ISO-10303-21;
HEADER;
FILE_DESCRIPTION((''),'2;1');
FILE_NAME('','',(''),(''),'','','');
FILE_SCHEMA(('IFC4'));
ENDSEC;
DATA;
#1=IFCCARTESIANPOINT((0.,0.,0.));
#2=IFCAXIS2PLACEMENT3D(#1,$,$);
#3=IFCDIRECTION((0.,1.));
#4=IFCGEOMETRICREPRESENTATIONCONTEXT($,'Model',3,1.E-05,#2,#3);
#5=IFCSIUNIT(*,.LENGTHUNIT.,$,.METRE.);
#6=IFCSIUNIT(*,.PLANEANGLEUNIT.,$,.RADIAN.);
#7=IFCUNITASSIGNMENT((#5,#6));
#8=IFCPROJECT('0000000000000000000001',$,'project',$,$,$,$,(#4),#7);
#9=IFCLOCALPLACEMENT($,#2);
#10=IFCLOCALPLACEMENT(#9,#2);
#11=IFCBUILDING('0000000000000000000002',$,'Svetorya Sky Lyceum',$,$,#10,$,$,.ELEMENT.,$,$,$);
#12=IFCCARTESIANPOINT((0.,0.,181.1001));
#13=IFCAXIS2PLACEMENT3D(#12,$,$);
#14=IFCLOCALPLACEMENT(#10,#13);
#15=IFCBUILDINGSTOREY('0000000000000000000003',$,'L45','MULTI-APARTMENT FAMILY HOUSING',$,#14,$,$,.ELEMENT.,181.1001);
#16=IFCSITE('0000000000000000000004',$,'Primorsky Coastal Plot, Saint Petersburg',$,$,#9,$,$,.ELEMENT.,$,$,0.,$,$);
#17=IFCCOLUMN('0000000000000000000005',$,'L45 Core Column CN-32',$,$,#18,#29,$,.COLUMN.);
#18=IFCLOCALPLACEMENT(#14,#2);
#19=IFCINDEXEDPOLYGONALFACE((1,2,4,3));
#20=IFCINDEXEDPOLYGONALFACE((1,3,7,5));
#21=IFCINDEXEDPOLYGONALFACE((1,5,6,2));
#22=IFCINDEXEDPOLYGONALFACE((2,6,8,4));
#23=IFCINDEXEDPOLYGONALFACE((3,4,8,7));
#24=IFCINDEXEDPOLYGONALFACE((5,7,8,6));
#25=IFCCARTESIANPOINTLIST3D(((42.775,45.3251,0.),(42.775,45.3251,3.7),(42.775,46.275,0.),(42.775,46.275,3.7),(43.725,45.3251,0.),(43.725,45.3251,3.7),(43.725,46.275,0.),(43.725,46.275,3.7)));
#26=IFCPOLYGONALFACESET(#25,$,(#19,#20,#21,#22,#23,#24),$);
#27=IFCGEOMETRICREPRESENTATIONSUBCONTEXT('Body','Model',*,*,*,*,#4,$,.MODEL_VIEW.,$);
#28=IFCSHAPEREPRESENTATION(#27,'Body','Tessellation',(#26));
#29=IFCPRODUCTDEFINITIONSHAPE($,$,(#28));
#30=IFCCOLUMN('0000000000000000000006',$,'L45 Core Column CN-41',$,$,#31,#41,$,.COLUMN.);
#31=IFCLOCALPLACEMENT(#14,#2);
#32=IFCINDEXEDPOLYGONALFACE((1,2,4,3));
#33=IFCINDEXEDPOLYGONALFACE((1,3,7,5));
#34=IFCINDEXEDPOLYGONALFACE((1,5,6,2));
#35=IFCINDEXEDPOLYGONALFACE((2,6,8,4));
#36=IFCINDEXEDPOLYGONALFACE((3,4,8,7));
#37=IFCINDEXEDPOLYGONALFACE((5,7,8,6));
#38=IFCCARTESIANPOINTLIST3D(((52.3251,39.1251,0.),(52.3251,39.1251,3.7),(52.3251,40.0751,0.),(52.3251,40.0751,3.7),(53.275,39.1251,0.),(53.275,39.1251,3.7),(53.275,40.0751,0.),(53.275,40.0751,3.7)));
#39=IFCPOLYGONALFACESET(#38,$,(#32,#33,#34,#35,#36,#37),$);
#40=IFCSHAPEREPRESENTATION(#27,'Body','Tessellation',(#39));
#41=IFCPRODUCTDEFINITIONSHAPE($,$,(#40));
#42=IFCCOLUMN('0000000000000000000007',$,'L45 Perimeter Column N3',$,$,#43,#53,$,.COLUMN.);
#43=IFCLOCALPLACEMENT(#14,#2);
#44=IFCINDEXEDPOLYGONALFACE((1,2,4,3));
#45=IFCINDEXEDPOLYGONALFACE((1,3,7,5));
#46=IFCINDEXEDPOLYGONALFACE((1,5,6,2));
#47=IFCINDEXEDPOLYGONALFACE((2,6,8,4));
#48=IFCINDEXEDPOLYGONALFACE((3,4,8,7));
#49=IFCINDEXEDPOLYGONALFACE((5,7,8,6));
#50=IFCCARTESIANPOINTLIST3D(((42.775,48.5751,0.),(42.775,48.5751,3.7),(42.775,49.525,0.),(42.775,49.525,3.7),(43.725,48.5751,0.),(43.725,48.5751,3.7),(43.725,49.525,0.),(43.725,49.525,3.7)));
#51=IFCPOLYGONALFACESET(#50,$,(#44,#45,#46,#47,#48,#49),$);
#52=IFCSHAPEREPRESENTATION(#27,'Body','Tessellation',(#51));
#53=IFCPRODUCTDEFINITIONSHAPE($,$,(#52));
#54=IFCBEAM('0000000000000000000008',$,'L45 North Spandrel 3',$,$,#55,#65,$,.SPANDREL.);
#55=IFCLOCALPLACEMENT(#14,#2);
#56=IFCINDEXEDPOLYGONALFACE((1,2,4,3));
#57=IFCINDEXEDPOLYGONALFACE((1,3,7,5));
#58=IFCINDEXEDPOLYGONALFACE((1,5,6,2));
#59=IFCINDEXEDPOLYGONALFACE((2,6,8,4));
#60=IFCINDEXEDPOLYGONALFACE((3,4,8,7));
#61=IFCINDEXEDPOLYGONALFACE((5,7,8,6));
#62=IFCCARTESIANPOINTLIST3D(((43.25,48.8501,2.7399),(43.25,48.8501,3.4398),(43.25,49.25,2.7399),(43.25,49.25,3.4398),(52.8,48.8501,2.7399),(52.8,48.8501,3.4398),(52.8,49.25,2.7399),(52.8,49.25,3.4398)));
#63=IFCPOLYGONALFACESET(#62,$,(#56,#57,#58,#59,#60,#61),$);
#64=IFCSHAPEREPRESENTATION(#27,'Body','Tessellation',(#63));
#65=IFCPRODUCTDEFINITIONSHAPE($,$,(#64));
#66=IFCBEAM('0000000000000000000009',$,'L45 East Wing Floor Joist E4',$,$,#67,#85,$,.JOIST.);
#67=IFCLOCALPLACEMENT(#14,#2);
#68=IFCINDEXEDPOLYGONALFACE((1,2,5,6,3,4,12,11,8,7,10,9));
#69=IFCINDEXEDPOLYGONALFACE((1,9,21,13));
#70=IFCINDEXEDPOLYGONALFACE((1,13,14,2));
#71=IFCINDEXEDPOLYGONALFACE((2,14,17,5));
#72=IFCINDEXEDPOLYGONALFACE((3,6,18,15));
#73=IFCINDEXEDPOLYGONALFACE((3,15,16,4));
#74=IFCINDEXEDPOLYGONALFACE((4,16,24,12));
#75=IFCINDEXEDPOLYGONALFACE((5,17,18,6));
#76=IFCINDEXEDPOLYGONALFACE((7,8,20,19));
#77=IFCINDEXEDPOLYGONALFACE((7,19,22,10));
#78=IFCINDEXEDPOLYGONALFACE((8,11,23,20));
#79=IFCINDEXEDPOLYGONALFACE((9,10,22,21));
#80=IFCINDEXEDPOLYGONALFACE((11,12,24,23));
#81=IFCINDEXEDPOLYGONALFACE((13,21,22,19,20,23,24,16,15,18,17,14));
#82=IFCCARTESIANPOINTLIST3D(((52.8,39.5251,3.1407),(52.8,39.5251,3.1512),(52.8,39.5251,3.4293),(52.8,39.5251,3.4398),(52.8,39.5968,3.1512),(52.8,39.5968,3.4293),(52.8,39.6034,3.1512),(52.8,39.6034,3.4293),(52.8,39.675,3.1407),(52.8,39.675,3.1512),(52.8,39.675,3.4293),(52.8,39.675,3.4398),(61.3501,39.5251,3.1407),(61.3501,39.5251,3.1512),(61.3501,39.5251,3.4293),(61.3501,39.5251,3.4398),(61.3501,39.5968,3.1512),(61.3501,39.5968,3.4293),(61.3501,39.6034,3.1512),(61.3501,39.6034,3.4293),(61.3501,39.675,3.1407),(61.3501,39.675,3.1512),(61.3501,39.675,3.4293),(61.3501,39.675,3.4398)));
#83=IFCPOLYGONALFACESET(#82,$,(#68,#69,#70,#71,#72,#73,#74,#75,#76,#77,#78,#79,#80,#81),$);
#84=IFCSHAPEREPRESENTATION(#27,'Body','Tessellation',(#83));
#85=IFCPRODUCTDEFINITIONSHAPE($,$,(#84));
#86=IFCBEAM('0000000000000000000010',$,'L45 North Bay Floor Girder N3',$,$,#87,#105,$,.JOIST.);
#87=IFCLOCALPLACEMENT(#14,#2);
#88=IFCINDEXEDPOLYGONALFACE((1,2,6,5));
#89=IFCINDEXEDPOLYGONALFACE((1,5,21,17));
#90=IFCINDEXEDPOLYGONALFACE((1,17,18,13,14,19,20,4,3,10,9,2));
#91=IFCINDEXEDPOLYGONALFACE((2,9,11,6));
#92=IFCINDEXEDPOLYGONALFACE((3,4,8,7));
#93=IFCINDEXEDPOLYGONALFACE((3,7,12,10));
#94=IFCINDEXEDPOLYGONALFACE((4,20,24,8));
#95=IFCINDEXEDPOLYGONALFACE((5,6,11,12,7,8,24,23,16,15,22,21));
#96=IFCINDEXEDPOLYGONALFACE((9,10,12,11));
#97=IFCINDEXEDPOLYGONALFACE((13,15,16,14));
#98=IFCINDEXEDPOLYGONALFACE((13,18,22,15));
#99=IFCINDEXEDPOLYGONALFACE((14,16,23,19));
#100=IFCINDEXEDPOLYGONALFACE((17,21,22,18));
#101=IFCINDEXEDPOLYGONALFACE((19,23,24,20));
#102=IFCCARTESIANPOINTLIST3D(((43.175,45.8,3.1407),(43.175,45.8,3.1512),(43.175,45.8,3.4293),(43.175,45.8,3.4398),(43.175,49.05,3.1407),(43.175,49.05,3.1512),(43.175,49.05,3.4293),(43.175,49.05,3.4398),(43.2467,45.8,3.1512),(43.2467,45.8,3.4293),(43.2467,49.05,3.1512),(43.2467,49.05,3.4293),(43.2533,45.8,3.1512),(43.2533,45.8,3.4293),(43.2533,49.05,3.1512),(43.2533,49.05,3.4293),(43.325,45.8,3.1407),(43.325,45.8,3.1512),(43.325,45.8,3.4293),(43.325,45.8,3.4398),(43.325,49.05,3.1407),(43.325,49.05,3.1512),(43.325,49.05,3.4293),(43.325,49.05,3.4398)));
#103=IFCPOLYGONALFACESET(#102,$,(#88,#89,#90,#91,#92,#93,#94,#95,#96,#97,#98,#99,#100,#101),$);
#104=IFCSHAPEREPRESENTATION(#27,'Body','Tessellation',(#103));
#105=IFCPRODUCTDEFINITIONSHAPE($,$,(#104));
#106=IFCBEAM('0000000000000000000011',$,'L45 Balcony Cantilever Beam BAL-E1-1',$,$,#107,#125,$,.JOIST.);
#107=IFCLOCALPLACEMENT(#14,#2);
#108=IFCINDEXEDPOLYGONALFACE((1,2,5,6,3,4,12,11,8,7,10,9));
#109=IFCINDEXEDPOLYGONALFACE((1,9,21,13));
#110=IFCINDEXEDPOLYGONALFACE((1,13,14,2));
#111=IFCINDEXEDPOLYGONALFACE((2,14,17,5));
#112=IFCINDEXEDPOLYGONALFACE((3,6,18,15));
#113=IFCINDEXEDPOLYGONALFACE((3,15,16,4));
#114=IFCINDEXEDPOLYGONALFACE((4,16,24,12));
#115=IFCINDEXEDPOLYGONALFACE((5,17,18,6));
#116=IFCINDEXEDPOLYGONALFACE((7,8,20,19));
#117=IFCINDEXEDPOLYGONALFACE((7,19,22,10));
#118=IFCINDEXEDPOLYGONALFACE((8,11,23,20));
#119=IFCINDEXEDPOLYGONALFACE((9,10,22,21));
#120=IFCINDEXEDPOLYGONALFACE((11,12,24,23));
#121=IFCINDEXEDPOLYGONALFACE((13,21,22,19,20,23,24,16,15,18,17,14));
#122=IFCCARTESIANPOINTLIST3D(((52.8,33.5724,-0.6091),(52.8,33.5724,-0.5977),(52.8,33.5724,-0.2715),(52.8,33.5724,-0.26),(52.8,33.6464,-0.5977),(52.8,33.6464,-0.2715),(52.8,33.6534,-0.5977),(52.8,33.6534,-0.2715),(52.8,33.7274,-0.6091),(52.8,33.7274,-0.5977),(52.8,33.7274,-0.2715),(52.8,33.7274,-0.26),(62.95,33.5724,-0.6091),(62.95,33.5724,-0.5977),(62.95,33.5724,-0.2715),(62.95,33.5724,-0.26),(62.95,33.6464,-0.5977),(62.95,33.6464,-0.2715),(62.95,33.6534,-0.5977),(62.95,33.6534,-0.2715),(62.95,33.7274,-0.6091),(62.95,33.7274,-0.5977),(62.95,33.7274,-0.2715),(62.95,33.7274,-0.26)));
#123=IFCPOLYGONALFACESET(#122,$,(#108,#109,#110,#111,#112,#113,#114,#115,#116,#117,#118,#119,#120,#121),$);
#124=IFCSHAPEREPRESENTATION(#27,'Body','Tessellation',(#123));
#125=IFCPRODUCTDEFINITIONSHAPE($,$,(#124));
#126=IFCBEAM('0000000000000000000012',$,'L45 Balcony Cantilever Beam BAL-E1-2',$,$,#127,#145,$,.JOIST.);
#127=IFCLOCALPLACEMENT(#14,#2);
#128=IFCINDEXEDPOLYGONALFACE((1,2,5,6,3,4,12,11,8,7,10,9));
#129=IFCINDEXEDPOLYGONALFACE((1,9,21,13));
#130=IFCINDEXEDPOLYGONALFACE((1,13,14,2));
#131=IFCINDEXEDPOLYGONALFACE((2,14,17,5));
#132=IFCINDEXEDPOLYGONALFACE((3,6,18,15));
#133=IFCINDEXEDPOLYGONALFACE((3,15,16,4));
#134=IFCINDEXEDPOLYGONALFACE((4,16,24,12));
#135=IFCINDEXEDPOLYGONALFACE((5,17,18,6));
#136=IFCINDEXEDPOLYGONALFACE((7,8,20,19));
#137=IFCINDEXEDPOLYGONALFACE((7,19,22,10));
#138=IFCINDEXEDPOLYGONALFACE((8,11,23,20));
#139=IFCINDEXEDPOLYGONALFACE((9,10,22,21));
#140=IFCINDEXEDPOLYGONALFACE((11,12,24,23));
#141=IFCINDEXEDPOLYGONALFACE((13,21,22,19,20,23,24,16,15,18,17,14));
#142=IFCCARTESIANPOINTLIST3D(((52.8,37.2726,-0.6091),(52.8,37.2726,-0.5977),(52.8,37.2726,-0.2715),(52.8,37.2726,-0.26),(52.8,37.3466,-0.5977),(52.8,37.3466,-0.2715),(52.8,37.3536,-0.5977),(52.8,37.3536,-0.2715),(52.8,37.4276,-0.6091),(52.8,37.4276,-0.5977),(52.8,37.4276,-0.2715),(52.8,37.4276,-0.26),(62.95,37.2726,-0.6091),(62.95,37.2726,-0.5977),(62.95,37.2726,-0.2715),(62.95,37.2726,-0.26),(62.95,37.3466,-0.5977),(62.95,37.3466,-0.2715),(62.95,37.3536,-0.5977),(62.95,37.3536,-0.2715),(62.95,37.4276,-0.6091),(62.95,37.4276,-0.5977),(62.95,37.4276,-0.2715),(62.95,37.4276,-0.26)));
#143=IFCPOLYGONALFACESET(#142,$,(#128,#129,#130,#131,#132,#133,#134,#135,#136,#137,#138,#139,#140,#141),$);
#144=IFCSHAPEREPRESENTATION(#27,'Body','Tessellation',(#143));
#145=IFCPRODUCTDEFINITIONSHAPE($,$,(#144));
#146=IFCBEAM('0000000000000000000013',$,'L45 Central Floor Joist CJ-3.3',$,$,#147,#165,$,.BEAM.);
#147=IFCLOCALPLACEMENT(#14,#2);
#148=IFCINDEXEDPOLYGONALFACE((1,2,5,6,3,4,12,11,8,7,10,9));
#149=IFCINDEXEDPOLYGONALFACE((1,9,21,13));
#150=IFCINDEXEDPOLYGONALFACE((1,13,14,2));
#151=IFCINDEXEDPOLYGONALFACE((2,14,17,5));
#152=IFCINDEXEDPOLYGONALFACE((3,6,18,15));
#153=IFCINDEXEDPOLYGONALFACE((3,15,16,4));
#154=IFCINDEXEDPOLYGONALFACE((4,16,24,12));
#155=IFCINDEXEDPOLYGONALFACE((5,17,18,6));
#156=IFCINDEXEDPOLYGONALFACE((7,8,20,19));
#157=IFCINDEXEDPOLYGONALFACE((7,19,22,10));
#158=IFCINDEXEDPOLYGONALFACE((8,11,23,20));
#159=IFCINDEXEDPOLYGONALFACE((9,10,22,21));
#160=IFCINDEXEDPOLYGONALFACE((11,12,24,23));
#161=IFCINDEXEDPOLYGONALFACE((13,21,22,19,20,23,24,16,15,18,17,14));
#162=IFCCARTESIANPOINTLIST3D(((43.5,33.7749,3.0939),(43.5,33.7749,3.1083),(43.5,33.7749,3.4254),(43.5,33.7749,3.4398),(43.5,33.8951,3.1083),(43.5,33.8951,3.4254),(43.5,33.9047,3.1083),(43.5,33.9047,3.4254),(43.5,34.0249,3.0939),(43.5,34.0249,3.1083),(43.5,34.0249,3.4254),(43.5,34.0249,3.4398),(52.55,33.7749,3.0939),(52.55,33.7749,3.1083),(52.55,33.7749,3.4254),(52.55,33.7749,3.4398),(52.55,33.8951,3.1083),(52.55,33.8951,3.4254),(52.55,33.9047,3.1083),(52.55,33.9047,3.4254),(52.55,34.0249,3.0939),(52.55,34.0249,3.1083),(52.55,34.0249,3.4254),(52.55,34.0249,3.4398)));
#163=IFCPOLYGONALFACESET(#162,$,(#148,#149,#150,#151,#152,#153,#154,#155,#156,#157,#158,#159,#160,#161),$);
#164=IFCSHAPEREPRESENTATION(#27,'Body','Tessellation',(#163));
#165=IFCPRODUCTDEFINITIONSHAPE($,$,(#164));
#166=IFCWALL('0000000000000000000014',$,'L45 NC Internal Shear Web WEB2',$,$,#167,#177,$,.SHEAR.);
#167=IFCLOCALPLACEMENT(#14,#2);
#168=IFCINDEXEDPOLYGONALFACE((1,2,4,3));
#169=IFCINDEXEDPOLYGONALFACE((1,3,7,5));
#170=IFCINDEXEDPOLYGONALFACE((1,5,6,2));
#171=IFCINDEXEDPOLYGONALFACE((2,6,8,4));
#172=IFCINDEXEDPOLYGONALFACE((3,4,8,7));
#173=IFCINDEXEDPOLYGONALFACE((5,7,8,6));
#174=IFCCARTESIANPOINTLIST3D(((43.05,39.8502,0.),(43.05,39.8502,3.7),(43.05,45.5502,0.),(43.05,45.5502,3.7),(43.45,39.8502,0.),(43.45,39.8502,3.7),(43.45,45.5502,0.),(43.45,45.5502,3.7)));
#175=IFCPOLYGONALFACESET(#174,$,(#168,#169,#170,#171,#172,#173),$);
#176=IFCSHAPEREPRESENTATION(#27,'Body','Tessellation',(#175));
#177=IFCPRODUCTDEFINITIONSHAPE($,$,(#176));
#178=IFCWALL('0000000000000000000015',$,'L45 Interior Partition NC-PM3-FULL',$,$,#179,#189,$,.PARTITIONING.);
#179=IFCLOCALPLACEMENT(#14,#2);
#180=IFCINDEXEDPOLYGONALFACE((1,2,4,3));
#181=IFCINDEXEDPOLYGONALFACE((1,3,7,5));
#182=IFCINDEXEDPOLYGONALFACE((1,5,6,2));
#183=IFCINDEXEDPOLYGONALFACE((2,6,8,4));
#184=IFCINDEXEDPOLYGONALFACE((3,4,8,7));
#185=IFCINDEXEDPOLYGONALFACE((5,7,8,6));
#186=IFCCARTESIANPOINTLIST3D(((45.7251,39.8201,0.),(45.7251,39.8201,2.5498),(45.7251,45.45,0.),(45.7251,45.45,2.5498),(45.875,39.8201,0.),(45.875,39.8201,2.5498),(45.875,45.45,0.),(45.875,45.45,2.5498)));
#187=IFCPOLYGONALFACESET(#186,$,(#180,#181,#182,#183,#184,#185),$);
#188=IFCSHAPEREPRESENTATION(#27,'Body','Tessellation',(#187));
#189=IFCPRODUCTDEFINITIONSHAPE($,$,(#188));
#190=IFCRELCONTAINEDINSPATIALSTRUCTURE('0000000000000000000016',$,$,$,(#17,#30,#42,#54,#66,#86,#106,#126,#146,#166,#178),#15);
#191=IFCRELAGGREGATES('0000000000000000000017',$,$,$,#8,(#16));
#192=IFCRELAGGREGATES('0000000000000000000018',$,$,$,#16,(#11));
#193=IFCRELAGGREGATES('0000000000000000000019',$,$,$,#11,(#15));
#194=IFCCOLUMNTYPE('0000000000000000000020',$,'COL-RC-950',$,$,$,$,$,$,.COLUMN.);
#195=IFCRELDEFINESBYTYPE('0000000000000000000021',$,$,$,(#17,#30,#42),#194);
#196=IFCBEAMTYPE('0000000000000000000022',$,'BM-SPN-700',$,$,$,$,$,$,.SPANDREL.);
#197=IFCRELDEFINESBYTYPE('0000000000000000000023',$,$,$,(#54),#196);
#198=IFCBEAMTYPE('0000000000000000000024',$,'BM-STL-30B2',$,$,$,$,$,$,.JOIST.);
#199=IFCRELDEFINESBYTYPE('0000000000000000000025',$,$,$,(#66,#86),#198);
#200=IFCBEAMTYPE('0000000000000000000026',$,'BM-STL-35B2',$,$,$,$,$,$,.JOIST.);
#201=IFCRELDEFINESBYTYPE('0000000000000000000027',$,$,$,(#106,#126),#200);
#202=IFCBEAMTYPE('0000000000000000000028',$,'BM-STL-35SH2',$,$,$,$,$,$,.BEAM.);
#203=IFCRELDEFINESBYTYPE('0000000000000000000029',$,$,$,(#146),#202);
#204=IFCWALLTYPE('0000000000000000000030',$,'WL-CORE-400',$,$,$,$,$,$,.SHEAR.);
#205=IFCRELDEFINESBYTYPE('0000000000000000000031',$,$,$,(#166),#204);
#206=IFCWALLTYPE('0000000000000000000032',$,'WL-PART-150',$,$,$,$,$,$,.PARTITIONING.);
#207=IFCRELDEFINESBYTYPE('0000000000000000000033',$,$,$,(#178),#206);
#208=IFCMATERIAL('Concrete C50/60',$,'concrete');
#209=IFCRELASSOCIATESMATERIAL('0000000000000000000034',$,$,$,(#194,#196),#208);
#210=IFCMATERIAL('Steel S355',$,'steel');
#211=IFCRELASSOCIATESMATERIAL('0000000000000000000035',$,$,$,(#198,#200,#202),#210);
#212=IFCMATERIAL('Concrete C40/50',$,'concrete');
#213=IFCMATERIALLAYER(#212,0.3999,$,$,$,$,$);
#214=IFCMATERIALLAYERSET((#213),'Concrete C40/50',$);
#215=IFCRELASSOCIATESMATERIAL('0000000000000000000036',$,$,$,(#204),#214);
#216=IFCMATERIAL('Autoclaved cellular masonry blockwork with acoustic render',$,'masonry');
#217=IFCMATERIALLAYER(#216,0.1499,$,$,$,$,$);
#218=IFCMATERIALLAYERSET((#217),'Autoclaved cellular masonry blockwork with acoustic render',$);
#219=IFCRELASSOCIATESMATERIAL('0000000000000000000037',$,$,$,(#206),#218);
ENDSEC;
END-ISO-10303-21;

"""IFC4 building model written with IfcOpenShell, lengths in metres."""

from ifc_helpers import new_model, si_unit, direction, frame, frame_2d, origin, origin_2d, place, context, subcontext, project, spatial, rectangle, i_section, extrude, material, layer, layer_set, material_profile, profile_set, type_object, element, save


model = new_model("IFC4")

# Units and contexts
model_context = context("Model", 3, precision=1e-05, world=origin(), true_north=direction((0.0, 1.0)))
body_context = subcontext(model_context, "Body", "Model", "MODEL_VIEW")
ifc_project = project(units=[si_unit("LENGTHUNIT", "METRE"), si_unit("PLANEANGLEUNIT", "RADIAN")], contexts=[model_context])

# Site, building, storey
site_placement = place(None, origin())
site = spatial("IfcSite", under=ifc_project, at=site_placement, Name="Primorsky Coastal Plot, Saint Petersburg", CompositionType="ELEMENT", RefElevation=0.0)
building_placement = place(site_placement, origin())
building = spatial("IfcBuilding", under=site, at=building_placement, Name="Svetorya Sky Lyceum", CompositionType="ELEMENT")
storey_placement = place(building_placement, frame((0.0, 0.0, 181.1001)))
storey = spatial("IfcBuildingStorey", under=building, at=storey_placement, Name="L45", Description="MULTI-APARTMENT FAMILY HOUSING", CompositionType="ELEMENT", Elevation=181.1001)

# Columns
ifc_material_1 = material(Name="Concrete C50/60", Category="concrete")
ifc_material_profile_1 = material_profile(ifc_material_1, rectangle(XDim=0.95, YDim=0.95, at=origin_2d()), Name="RC COL 950x950")
ifc_profile_set_1 = profile_set([ifc_material_profile_1], Name="Concrete C50/60")
column_type = type_object("IfcColumnType", Name="COL-RC-950", PredefinedType="COLUMN", material=ifc_profile_set_1)
for number, where, z_axis, x_axis, name in (
    (1, (43.25, 45.8, 0.0), (0.0, 0.0, 1.0), (1.0, 0.0, 0.0), "L45 Core Column CN-32"),
    (2, (52.8, 39.6001, 0.0), (0.0, 0.0, 1.0), (1.0, 0.0, 0.0), "L45 Core Column CN-41"),
    (3, (43.25, 49.05, 0.0), (0.0, 0.0, 1.0), (1.0, 0.0, 0.0), "L45 Perimeter Column N3"),
):
    element("IfcColumn", number, at=place(storey_placement, frame(where, z_axis=z_axis, x_axis=x_axis)), inside=storey, type_object=column_type, Name=name, PredefinedType="COLUMN", context=body_context, shape_type="SweptSolid", body=[
        extrude(rectangle(XDim=0.95, YDim=0.95, at=origin_2d()), origin(), (0.0, 0.0, 1.0), 3.7),
    ])

# Beams
ifc_material_profile_2 = material_profile(ifc_material_1, rectangle(XDim=0.3999, YDim=0.7, at=origin_2d()), Name="RC SPANDREL 400x700")
ifc_profile_set_2 = profile_set([ifc_material_profile_2], Name="Concrete C50/60")
beam_type_1 = type_object("IfcBeamType", Name="BM-SPN-700", PredefinedType="SPANDREL", material=ifc_profile_set_2)
beam_1_placement = place(storey_placement, frame((43.25, 49.05, 3.0898), z_axis=(1.0, 0.0, 0.0), x_axis=(0.0, 1.0, 0.0)))
element("IfcBeam", 4, at=beam_1_placement, inside=storey, type_object=beam_type_1, Name="L45 North Spandrel 3", PredefinedType="SPANDREL", context=body_context, shape_type="SweptSolid", body=[
    extrude(rectangle(XDim=0.3999, YDim=0.7, at=origin_2d()), origin(), (0.0, 0.0, 1.0), 9.55),
])
ifc_material_2 = material(Name="Steel S355", Category="steel")
ifc_material_profile_3 = material_profile(ifc_material_2, i_section(OverallWidth=0.1499, OverallDepth=0.2991, WebThickness=0.0066, FlangeThickness=0.0105, at=origin_2d()), Name="GOST 30B2")
ifc_profile_set_3 = profile_set([ifc_material_profile_3], Name="Steel S355")
beam_type_2 = type_object("IfcBeamType", Name="BM-STL-30B2", PredefinedType="JOIST", material=ifc_profile_set_3)
beam_2_placement = place(storey_placement, frame((52.8, 39.6001, 3.2903), z_axis=(1.0, 0.0, 0.0), x_axis=(0.0, 1.0, 0.0)))
element("IfcBeam", 5, at=beam_2_placement, inside=storey, type_object=beam_type_2, Name="L45 East Wing Floor Joist E4", PredefinedType="JOIST", context=body_context, shape_type="SweptSolid", body=[
    extrude(i_section(OverallWidth=0.1499, OverallDepth=0.2991, WebThickness=0.0066, FlangeThickness=0.0105, at=origin_2d()), origin(), (0.0, 0.0, 1.0), 8.55),
])
beam_3_placement = place(storey_placement, frame((43.25, 45.8, 3.2903), z_axis=(0.0, 1.0, 0.0), x_axis=(-1.0, 0.0, 0.0)))
element("IfcBeam", 6, at=beam_3_placement, inside=storey, type_object=beam_type_2, Name="L45 North Bay Floor Girder N3", PredefinedType="JOIST", context=body_context, shape_type="SweptSolid", body=[
    extrude(i_section(OverallWidth=0.1499, OverallDepth=0.2991, WebThickness=0.0066, FlangeThickness=0.0105, at=origin_2d()), origin(), (0.0, 0.0, 1.0), 3.25),
])
ifc_material_profile_4 = material_profile(ifc_material_2, i_section(OverallWidth=0.155, OverallDepth=0.3491, WebThickness=0.0071, FlangeThickness=0.0115, at=origin_2d()), Name="GOST 35B2")
ifc_profile_set_4 = profile_set([ifc_material_profile_4], Name="Steel S355")
beam_type_3 = type_object("IfcBeamType", Name="BM-STL-35B2", PredefinedType="JOIST", material=ifc_profile_set_4)
for number, where, z_axis, x_axis, name in (
    (7, (52.8, 33.6499, -0.4346), (1.0, 0.0, 0.0), (0.0, 1.0, 0.0), "L45 Balcony Cantilever Beam BAL-E1-1"),
    (8, (52.8, 37.3501, -0.4346), (1.0, 0.0, 0.0), (0.0, 1.0, 0.0), "L45 Balcony Cantilever Beam BAL-E1-2"),
):
    element("IfcBeam", number, at=place(storey_placement, frame(where, z_axis=z_axis, x_axis=x_axis)), inside=storey, type_object=beam_type_3, Name=name, PredefinedType="JOIST", context=body_context, shape_type="SweptSolid", body=[
        extrude(i_section(OverallWidth=0.155, OverallDepth=0.3491, WebThickness=0.0071, FlangeThickness=0.0115, at=origin_2d()), origin(), (0.0, 0.0, 1.0), 10.1499),
    ])
ifc_material_profile_5 = material_profile(ifc_material_2, i_section(OverallWidth=0.25, OverallDepth=0.3459, WebThickness=0.0095, FlangeThickness=0.0144, at=origin_2d()), Name="GOST 35Sh2")
ifc_profile_set_5 = profile_set([ifc_material_profile_5], Name="Steel S355")
beam_type_4 = type_object("IfcBeamType", Name="BM-STL-35SH2", PredefinedType="BEAM", material=ifc_profile_set_5)
beam_4_placement = place(storey_placement, frame((43.5, 33.8999, 3.2668), z_axis=(1.0, 0.0, 0.0), x_axis=(0.0, 1.0, 0.0)))
element("IfcBeam", 9, at=beam_4_placement, inside=storey, type_object=beam_type_4, Name="L45 Central Floor Joist CJ-3.3", PredefinedType="BEAM", context=body_context, shape_type="SweptSolid", body=[
    extrude(i_section(OverallWidth=0.25, OverallDepth=0.3459, WebThickness=0.0095, FlangeThickness=0.0144, at=origin_2d()), origin(), (0.0, 0.0, 1.0), 9.05),
])

# Wall
ifc_material_3 = material(Name="Concrete C40/50", Category="concrete")
ifc_layer_1 = layer(ifc_material_3, 0.3999)
ifc_layer_set_1 = layer_set([ifc_layer_1], Name="Concrete C40/50")
wall_type_1 = type_object("IfcWallType", Name="WL-CORE-400", PredefinedType="SHEAR", material=ifc_layer_set_1)
wall_1_placement = place(storey_placement, frame((43.25, 39.8501, 0.0), z_axis=(0.0, 0.0, 1.0), x_axis=(0.0, 1.0, 0.0)))
element("IfcWall", 10, at=wall_1_placement, inside=storey, type_object=wall_type_1, Name="L45 NC Internal Shear Web WEB2", PredefinedType="SHEAR", context=body_context, shape_type="SweptSolid", body=[
    extrude(rectangle(XDim=5.7, YDim=0.3999, at=frame_2d((2.8501, 0.0))), origin(), (0.0, 0.0, 1.0), 3.7),
])

# Wall
ifc_material_4 = material(Name="Autoclaved cellular masonry blockwork with acoustic render", Category="masonry")
ifc_layer_2 = layer(ifc_material_4, 0.1499)
ifc_layer_set_2 = layer_set([ifc_layer_2], Name="Autoclaved cellular masonry blockwork with acoustic render")
wall_type_2 = type_object("IfcWallType", Name="WL-PART-150", PredefinedType="PARTITIONING", material=ifc_layer_set_2)
wall_2_placement = place(storey_placement, frame((45.8, 39.8201, 0.0), z_axis=(0.0, 0.0, 1.0), x_axis=(0.0, 1.0, 0.0)))
element("IfcWall", 11, at=wall_2_placement, inside=storey, type_object=wall_type_2, Name="L45 Interior Partition NC-PM3-FULL", PredefinedType="PARTITIONING", context=body_context, shape_type="SweptSolid", body=[
    extrude(rectangle(XDim=5.6299, YDim=0.1499, at=frame_2d((2.8149, 0.0))), origin(), (0.0, 0.0, 1.0), 2.5498),
])

save(model, "model.ifc")
